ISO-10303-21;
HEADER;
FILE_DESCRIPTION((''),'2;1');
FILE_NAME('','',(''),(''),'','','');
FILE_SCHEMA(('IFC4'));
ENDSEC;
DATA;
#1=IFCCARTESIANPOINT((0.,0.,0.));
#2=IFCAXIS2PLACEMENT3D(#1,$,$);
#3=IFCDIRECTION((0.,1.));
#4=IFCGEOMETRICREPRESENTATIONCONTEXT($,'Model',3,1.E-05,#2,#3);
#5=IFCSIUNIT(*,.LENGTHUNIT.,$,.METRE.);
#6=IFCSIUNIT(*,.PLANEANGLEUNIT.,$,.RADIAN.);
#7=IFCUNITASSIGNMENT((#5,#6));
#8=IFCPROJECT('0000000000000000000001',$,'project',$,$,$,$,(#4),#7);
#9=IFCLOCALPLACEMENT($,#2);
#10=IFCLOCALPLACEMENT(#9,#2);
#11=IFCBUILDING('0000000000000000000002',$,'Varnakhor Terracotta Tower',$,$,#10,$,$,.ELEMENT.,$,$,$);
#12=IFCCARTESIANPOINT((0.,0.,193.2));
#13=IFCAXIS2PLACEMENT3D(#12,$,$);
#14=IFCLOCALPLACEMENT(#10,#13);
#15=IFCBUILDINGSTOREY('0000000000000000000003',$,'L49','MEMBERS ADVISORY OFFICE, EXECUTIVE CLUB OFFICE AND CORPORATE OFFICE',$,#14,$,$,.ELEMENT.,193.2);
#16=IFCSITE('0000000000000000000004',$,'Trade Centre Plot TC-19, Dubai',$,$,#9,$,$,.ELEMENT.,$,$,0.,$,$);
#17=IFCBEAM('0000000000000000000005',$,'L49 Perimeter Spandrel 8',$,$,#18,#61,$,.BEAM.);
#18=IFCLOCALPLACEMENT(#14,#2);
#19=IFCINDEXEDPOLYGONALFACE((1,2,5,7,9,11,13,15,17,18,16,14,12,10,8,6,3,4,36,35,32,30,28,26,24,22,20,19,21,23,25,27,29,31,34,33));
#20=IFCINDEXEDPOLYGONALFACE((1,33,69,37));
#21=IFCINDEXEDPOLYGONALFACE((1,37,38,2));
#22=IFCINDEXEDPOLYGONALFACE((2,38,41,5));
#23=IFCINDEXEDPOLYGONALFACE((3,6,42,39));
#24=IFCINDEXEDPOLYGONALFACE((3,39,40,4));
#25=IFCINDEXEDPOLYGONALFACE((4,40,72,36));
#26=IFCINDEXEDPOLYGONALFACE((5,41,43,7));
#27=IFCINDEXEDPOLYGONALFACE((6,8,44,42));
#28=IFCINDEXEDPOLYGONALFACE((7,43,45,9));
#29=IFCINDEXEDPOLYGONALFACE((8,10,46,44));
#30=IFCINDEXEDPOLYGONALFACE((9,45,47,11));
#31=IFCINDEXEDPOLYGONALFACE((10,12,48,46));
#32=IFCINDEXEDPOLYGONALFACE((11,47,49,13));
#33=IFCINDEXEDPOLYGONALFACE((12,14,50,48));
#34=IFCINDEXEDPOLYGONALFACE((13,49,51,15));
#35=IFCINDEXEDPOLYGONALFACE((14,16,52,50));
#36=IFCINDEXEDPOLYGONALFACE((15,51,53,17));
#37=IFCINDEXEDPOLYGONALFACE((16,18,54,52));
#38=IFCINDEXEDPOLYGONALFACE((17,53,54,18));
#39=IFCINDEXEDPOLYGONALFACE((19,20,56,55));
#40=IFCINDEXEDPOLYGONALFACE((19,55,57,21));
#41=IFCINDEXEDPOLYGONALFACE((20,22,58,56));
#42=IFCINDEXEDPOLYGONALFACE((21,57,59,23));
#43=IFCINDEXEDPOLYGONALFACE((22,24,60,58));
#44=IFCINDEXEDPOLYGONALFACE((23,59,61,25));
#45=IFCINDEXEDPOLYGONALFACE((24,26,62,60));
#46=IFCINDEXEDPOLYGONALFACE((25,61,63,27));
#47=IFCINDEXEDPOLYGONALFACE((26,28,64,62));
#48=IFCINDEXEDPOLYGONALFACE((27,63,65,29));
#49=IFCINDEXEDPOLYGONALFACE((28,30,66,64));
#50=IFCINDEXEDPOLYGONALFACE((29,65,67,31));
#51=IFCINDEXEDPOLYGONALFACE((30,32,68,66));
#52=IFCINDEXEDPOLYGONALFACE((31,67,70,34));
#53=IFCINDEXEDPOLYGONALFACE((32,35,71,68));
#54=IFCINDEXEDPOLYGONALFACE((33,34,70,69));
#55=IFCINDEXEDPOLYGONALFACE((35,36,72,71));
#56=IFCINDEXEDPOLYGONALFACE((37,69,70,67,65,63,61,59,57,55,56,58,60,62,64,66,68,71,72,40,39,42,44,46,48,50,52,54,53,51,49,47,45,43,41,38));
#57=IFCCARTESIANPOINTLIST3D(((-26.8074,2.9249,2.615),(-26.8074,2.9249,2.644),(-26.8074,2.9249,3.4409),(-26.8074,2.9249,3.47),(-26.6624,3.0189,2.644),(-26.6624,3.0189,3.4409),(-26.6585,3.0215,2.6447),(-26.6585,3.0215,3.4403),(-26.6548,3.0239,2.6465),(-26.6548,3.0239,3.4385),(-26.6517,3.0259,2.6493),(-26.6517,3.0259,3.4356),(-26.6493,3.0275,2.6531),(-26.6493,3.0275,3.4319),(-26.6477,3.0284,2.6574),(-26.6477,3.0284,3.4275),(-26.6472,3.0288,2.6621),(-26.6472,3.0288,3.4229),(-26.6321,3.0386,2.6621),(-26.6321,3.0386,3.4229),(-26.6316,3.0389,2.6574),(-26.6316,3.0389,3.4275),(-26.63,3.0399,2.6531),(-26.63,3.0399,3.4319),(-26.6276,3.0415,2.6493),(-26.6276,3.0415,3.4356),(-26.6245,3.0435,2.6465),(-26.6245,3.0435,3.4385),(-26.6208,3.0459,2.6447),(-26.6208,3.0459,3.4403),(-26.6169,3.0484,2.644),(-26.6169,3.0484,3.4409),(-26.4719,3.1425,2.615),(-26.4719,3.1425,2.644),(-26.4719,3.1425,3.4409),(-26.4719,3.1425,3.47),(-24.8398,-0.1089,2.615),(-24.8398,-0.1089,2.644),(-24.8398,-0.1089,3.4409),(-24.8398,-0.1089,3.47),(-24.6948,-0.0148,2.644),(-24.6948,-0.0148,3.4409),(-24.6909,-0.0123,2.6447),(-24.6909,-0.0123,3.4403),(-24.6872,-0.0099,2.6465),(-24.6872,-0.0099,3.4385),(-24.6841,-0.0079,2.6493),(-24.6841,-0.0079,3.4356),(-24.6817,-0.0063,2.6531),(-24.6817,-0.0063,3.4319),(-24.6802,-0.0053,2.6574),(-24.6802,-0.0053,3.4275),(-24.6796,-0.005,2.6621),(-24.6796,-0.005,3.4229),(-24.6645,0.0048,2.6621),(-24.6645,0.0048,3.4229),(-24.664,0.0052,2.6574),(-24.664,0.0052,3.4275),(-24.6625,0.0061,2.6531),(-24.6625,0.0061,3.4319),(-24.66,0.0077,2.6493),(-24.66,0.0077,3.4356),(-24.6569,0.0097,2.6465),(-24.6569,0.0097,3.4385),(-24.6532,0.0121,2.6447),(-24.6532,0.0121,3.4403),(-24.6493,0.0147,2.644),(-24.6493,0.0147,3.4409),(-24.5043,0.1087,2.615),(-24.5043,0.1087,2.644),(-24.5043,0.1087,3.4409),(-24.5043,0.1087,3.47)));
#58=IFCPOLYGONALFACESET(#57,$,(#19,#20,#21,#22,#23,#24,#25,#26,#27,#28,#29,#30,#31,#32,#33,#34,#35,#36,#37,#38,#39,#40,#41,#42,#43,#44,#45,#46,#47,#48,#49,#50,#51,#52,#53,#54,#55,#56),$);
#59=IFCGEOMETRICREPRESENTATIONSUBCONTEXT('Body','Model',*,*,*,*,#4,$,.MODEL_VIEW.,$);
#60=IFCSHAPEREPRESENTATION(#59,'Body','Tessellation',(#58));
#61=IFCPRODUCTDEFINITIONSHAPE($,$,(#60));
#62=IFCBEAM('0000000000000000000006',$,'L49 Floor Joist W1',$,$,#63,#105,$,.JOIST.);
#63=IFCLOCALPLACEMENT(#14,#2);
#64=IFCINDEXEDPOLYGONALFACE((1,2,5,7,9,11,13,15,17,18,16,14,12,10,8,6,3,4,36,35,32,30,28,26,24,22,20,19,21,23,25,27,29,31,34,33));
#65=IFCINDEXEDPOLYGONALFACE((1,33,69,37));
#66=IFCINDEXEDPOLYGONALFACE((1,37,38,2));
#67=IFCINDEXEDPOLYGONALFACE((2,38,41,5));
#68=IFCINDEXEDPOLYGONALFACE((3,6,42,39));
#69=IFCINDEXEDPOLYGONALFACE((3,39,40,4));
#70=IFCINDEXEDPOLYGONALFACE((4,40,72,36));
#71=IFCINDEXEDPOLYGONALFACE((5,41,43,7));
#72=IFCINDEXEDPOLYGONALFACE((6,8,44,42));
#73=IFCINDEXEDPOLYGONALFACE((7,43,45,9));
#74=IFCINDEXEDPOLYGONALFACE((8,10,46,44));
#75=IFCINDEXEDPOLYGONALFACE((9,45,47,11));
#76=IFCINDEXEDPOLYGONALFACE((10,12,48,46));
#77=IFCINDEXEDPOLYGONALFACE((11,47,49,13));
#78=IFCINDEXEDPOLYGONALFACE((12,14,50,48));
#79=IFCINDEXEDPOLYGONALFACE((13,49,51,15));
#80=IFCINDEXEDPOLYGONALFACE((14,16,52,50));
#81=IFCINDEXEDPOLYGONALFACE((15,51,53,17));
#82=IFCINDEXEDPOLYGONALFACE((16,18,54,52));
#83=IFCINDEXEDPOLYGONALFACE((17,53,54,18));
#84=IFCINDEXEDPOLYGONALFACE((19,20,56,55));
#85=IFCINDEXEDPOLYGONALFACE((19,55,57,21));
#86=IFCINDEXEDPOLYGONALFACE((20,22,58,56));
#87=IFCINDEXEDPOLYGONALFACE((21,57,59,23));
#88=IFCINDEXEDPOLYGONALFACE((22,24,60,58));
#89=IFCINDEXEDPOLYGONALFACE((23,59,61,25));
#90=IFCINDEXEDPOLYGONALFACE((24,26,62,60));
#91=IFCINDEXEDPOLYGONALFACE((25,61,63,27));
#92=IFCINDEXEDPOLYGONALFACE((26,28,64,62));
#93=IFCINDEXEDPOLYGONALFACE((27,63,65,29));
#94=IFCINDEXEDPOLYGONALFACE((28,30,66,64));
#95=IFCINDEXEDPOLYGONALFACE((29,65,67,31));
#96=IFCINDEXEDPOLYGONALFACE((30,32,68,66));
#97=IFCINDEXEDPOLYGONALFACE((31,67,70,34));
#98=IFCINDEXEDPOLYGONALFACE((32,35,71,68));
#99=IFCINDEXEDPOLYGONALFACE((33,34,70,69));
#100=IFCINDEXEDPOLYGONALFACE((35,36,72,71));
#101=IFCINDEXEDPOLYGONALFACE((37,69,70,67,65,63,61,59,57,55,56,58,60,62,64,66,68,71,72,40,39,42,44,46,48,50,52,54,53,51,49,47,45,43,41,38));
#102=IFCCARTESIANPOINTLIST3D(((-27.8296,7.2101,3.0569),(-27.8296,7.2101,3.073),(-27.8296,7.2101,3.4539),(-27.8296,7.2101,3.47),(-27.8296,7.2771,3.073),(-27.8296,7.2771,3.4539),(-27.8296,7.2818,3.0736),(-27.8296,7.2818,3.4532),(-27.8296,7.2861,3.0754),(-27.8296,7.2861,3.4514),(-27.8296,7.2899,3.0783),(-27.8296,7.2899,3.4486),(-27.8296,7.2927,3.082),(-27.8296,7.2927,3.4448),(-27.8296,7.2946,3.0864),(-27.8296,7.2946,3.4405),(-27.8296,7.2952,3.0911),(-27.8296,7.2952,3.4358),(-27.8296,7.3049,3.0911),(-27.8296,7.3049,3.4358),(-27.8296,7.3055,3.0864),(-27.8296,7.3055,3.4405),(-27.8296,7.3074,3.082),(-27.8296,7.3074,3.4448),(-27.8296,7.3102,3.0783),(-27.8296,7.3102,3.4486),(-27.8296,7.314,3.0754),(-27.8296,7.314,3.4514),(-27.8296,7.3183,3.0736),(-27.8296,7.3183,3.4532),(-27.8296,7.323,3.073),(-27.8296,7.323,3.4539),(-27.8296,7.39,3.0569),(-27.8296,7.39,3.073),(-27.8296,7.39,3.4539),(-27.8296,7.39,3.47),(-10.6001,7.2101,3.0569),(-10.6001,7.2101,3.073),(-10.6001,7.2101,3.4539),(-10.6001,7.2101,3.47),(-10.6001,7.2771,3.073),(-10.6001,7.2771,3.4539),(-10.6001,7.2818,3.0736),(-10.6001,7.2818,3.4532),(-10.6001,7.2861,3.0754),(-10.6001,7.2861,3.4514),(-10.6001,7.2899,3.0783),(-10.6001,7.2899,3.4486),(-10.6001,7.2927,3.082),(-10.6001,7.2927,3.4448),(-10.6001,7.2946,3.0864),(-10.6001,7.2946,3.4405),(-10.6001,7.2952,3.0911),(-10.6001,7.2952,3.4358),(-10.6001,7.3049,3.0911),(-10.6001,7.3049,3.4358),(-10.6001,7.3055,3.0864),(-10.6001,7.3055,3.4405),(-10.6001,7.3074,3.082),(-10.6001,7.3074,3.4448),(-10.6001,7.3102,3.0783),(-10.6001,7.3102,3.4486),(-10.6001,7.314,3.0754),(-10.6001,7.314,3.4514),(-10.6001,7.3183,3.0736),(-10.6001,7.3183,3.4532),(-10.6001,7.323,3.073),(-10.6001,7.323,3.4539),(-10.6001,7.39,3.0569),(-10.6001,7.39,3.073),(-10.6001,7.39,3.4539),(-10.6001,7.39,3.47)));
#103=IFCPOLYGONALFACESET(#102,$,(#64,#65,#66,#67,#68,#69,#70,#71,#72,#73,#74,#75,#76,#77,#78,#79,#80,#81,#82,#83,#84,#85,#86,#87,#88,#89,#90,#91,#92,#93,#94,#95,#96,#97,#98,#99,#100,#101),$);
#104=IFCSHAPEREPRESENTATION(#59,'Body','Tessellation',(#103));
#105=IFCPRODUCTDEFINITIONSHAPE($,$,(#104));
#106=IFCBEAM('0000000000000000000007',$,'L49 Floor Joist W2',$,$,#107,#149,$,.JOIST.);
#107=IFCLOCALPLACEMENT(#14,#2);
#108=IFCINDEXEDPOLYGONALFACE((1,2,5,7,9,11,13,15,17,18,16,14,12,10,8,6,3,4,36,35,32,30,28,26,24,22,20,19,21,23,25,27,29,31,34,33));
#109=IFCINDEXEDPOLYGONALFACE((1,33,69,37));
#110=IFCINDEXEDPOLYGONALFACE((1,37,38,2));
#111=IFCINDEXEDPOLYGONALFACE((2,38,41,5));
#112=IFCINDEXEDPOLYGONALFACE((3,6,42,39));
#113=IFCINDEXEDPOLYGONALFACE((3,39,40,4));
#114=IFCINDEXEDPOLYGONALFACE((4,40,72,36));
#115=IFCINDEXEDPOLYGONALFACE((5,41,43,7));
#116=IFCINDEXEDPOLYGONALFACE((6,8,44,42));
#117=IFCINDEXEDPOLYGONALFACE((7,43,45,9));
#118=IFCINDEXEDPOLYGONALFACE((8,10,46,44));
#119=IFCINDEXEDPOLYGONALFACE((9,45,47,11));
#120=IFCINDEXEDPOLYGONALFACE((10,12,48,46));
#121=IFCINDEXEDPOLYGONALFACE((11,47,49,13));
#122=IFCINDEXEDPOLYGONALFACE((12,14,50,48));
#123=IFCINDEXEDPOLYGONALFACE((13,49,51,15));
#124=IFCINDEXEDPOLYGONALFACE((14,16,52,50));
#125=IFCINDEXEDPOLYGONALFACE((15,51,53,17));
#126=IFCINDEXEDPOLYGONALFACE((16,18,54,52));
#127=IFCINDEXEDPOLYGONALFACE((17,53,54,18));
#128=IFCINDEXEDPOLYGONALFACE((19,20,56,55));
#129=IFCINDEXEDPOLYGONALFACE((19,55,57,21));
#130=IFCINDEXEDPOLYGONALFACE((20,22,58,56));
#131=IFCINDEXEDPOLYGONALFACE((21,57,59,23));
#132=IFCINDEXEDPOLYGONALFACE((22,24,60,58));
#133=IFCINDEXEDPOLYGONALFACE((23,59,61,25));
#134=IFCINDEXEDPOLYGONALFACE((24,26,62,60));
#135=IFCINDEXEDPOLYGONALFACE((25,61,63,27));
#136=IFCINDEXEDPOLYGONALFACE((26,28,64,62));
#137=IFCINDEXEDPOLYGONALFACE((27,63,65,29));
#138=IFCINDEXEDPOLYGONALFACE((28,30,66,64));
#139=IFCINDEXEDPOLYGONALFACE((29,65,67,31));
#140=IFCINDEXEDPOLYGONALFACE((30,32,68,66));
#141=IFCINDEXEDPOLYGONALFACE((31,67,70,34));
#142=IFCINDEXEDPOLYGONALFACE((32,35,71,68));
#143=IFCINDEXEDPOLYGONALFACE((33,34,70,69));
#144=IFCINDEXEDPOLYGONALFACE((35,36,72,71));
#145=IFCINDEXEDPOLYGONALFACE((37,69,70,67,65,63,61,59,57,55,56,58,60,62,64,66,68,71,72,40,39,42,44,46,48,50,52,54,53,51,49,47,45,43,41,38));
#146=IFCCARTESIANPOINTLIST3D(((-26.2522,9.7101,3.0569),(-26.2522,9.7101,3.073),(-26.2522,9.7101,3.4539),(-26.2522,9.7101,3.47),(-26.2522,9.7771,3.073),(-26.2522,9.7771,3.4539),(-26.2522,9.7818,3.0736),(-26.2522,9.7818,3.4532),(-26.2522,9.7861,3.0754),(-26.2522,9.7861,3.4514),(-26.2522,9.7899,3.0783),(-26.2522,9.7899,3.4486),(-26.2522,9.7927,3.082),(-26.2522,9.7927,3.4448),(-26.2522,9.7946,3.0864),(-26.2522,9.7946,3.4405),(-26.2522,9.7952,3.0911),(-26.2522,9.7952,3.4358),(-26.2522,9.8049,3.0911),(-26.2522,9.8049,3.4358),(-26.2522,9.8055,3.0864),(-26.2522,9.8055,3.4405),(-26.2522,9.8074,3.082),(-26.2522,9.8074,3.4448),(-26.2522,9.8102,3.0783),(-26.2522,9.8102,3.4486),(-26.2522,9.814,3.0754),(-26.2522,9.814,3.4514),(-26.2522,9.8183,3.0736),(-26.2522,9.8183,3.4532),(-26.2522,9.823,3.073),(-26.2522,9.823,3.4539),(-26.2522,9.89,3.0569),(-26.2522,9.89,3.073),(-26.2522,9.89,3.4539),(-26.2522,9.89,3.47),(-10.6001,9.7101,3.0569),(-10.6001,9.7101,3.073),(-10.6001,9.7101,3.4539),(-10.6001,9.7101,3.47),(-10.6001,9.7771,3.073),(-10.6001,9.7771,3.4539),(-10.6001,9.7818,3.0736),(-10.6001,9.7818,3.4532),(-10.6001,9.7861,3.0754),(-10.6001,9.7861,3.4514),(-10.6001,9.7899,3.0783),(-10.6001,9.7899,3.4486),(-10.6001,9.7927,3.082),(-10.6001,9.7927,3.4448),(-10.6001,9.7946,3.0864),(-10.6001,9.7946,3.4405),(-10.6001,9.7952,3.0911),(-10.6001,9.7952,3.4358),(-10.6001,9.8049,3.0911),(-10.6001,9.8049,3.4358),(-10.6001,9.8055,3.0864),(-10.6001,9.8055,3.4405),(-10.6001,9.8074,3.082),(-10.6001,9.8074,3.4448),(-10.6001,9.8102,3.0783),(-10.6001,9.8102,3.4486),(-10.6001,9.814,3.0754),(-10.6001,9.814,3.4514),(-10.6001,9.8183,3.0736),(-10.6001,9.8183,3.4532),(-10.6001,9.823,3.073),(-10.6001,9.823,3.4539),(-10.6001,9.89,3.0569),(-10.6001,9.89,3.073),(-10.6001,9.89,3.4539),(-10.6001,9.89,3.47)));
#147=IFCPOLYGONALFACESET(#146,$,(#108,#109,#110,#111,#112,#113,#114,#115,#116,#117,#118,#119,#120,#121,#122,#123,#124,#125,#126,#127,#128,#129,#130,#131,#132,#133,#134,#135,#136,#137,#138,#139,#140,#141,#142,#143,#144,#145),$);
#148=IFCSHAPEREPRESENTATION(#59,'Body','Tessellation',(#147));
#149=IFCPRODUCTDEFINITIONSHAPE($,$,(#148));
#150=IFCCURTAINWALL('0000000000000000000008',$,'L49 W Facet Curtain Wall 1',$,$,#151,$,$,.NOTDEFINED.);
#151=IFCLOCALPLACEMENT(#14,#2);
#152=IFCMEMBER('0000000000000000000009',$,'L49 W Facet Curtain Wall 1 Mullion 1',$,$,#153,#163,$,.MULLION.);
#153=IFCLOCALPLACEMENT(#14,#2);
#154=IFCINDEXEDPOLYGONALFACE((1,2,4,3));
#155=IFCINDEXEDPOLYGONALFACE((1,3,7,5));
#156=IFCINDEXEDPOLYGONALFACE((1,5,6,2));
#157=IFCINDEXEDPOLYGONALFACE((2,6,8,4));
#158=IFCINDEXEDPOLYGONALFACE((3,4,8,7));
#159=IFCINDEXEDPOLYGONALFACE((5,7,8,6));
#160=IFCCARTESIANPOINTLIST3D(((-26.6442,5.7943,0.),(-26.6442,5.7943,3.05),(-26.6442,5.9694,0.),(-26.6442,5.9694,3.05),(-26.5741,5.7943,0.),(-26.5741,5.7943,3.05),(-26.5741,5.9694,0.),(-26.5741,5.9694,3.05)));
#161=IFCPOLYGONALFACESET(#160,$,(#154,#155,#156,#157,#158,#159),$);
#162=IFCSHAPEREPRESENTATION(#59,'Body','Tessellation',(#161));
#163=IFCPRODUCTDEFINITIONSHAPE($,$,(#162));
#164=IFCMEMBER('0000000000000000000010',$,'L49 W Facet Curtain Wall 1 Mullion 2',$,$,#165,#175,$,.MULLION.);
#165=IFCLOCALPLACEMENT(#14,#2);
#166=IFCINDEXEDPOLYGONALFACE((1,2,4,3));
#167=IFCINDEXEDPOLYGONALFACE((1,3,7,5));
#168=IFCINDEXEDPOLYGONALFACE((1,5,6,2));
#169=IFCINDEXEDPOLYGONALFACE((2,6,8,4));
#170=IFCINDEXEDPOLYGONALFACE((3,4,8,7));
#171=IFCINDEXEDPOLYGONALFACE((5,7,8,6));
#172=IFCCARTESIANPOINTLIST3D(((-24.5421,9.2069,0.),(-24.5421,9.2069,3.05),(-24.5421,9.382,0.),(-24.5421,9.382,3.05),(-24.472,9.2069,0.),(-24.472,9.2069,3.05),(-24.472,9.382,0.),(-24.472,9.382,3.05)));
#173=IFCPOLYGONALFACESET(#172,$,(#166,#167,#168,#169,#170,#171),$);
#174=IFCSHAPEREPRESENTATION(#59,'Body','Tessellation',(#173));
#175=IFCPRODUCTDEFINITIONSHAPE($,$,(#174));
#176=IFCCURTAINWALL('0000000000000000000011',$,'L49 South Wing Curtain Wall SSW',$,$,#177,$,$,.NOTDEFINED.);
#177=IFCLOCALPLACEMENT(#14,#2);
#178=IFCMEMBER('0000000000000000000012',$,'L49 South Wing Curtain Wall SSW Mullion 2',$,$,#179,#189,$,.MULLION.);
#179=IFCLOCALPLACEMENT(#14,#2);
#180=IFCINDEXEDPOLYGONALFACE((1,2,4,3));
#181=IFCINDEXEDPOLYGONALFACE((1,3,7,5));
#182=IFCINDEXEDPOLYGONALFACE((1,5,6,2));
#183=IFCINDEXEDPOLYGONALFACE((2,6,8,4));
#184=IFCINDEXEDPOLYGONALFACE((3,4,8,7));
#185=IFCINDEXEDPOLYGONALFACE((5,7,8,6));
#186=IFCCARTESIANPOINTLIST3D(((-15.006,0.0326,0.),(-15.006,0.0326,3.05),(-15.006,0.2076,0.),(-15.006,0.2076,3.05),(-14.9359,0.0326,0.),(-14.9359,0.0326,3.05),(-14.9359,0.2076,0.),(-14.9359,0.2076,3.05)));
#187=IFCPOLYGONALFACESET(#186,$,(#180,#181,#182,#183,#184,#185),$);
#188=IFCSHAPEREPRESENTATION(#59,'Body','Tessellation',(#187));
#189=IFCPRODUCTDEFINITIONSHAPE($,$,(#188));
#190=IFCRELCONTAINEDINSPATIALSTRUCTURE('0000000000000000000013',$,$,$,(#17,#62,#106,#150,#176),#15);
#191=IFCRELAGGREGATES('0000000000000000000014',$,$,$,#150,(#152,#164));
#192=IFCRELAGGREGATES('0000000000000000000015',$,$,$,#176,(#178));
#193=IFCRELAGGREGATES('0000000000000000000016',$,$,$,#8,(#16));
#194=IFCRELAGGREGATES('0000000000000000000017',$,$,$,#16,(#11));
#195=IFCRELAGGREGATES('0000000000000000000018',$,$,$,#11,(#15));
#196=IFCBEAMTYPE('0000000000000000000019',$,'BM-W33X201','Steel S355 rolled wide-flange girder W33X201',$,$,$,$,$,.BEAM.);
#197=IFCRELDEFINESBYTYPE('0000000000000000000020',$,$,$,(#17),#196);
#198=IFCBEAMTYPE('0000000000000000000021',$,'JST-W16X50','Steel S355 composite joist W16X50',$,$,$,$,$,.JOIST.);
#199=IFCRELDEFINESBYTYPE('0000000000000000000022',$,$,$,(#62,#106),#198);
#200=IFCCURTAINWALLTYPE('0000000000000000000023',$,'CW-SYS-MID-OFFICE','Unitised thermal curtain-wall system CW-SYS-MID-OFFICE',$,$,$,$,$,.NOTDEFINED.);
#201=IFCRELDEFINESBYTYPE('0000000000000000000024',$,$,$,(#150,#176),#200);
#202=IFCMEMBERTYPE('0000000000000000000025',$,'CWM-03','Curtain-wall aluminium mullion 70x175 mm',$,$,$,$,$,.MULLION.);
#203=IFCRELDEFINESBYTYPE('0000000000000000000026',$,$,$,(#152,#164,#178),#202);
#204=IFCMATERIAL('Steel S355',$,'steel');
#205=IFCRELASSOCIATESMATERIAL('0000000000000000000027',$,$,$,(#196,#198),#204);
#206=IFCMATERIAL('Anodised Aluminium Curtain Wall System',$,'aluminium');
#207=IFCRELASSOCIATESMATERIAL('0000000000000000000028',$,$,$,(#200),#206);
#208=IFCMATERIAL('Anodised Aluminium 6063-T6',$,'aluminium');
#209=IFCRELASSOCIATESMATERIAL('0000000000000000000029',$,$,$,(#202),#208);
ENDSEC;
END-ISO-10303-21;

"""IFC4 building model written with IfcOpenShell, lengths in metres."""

from ifc_helpers import new_model, si_unit, direction, frame, origin, origin_2d, place, context, subcontext, project, spatial, rectangle, i_section, extrude, source, transform, mapped, material, material_profile, profile_set, type_object, element, aggregate, save


model = new_model("IFC4")

# Units and contexts
model_context = context("Model", 3, precision=1e-05, world=origin(), true_north=direction((0.0, 1.0)))
body_context = subcontext(model_context, "Body", "Model", "MODEL_VIEW")
ifc_project = project(units=[si_unit("LENGTHUNIT", "METRE"), si_unit("PLANEANGLEUNIT", "RADIAN")], contexts=[model_context])

# Site, building, storey
site_placement = place(None, origin())
site = spatial("IfcSite", under=ifc_project, at=site_placement, Name="Trade Centre Plot TC-19, Dubai", CompositionType="ELEMENT", RefElevation=0.0)
building_placement = place(site_placement, origin())
building = spatial("IfcBuilding", under=site, at=building_placement, Name="Varnakhor Terracotta Tower", CompositionType="ELEMENT")
storey_placement = place(building_placement, frame((0.0, 0.0, 193.2)))
storey = spatial("IfcBuildingStorey", under=building, at=storey_placement, Name="L49", Description="MEMBERS ADVISORY OFFICE, EXECUTIVE CLUB OFFICE AND CORPORATE OFFICE", CompositionType="ELEMENT", Elevation=193.2)

# Beams
ifc_material_1 = material(Name="Steel S355", Category="steel")
ifc_material_profile_1 = material_profile(ifc_material_1, i_section(OverallWidth=0.3999, OverallDepth=0.855, WebThickness=0.0181, FlangeThickness=0.0291, FilletRadius=0.0181, at=origin_2d()), Name="W33X201")
ifc_profile_set_1 = profile_set([ifc_material_profile_1], Name="Steel S355")
beam_type_1 = type_object("IfcBeamType", Name="BM-W33X201", Description="Steel S355 rolled wide-flange girder W33X201", PredefinedType="BEAM", material=ifc_profile_set_1)
shared_shape_1 = source(origin(), body_context, "Body", "SweptSolid", [
    extrude(i_section(OverallWidth=0.3999, OverallDepth=0.855, WebThickness=0.0181, FlangeThickness=0.0291, FilletRadius=0.0181, at=origin_2d()), origin(), (0.0, 0.0, 1.0), 3.616),
])
beam_1_placement = place(storey_placement, frame((-26.6396, 3.0337, 3.0425), z_axis=(0.544138, -0.838995, 0.0), x_axis=(0.838995, 0.544138, 0.0)))
element("IfcBeam", 1, at=beam_1_placement, inside=storey, type_object=beam_type_1, Name="L49 Perimeter Spandrel 8", PredefinedType="BEAM", context=body_context, shape_type="MappedRepresentation", body=[
    mapped(shared_shape_1, transform((0.0, 0.0, 0.0), scale=1.0)),
])
ifc_material_profile_2 = material_profile(ifc_material_1, i_section(OverallWidth=0.1799, OverallDepth=0.4131, WebThickness=0.0098, FlangeThickness=0.0161, FilletRadius=0.0181, at=origin_2d()), Name="W16X50")
ifc_profile_set_2 = profile_set([ifc_material_profile_2], Name="Steel S355")
beam_type_2 = type_object("IfcBeamType", Name="JST-W16X50", Description="Steel S355 composite joist W16X50", PredefinedType="JOIST", material=ifc_profile_set_2)
shared_shape_2 = source(origin(), body_context, "Body", "SweptSolid", [
    extrude(i_section(OverallWidth=0.1799, OverallDepth=0.4131, WebThickness=0.0098, FlangeThickness=0.0161, FilletRadius=0.0181, at=origin_2d()), origin(), (0.0, 0.0, 1.0), 17.2295),
])
beam_2_placement = place(storey_placement, frame((-27.8296, 7.3, 3.2634), z_axis=(1.0, 0.0, 0.0), x_axis=(0.0, 1.0, 0.0)))
element("IfcBeam", 2, at=beam_2_placement, inside=storey, type_object=beam_type_2, Name="L49 Floor Joist W1", PredefinedType="JOIST", context=body_context, shape_type="MappedRepresentation", body=[
    mapped(shared_shape_2, transform((0.0, 0.0, 0.0), scale=1.0)),
])
shared_shape_3 = source(origin(), body_context, "Body", "SweptSolid", [
    extrude(i_section(OverallWidth=0.1799, OverallDepth=0.4131, WebThickness=0.0098, FlangeThickness=0.0161, FilletRadius=0.0181, at=origin_2d()), origin(), (0.0, 0.0, 1.0), 15.6521),
])
beam_3_placement = place(storey_placement, frame((-26.2522, 9.8, 3.2634), z_axis=(1.0, 0.0, 0.0), x_axis=(0.0, 1.0, 0.0)))
element("IfcBeam", 3, at=beam_3_placement, inside=storey, type_object=beam_type_2, Name="L49 Floor Joist W2", PredefinedType="JOIST", context=body_context, shape_type="MappedRepresentation", body=[
    mapped(shared_shape_3, transform((0.0, 0.0, 0.0), scale=1.0)),
])

# Curtain walls, members
ifc_material_2 = material(Name="Anodised Aluminium Curtain Wall System", Category="aluminium")
curtain_wall_type = type_object("IfcCurtainWallType", Name="CW-SYS-MID-OFFICE", Description="Unitised thermal curtain-wall system CW-SYS-MID-OFFICE", PredefinedType="NOTDEFINED", material=ifc_material_2)
curtain_wall_1_placement = place(storey_placement, origin())
curtain_wall_1 = element("IfcCurtainWall", 4, at=curtain_wall_1_placement, inside=storey, type_object=curtain_wall_type, Name="L49 W Facet Curtain Wall 1", PredefinedType="NOTDEFINED")
ifc_material_3 = material(Name="Anodised Aluminium 6063-T6", Category="aluminium")
ifc_material_profile_3 = material_profile(ifc_material_3, rectangle(XDim=0.0701, YDim=0.175, at=origin_2d()), Name="ALU MULLION 70x175")
ifc_profile_set_3 = profile_set([ifc_material_profile_3], Name="Anodised Aluminium 6063-T6")
member_type_1 = type_object("IfcMemberType", Name="CWM-03", Description="Curtain-wall aluminium mullion 70x175 mm", PredefinedType="MULLION", material=ifc_profile_set_3)
shared_shape_4 = source(origin(), body_context, "Body", "SweptSolid", [
    extrude(rectangle(XDim=0.0701, YDim=0.175, at=origin_2d()), origin(), (0.0, 0.0, 1.0), 3.05),
])
member_1_placement = place(storey_placement, frame((-26.6091, 5.8818, 0.0), z_axis=(0.0, 0.0, 1.0), x_axis=(1.0, 0.0, 0.0)))
member_1 = element("IfcMember", 5, at=member_1_placement, type_object=member_type_1, Name="L49 W Facet Curtain Wall 1 Mullion 1", PredefinedType="MULLION", context=body_context, shape_type="MappedRepresentation", body=[
    mapped(shared_shape_4, transform((0.0, 0.0, 0.0), scale=1.0)),
])
member_2_placement = place(storey_placement, frame((-24.5071, 9.2944, 0.0), z_axis=(0.0, 0.0, 1.0), x_axis=(1.0, 0.0, 0.0)))
member_2 = element("IfcMember", 6, at=member_2_placement, type_object=member_type_1, Name="L49 W Facet Curtain Wall 1 Mullion 2", PredefinedType="MULLION", context=body_context, shape_type="MappedRepresentation", body=[
    mapped(shared_shape_4, transform((0.0, 0.0, 0.0), scale=1.0)),
])
curtain_wall_2_placement = place(storey_placement, origin())
curtain_wall_2 = element("IfcCurtainWall", 7, at=curtain_wall_2_placement, inside=storey, type_object=curtain_wall_type, Name="L49 South Wing Curtain Wall SSW", PredefinedType="NOTDEFINED")
member_3_placement = place(storey_placement, frame((-14.9709, 0.1201, 0.0), z_axis=(0.0, 0.0, 1.0), x_axis=(1.0, 0.0, 0.0)))
member_3 = element("IfcMember", 8, at=member_3_placement, type_object=member_type_1, Name="L49 South Wing Curtain Wall SSW Mullion 2", PredefinedType="MULLION", context=body_context, shape_type="MappedRepresentation", body=[
    mapped(shared_shape_4, transform((0.0, 0.0, 0.0), scale=1.0)),
])

aggregate(curtain_wall_1, [member_1, member_2])
aggregate(curtain_wall_2, [member_3])

save(model, "model.ifc")
